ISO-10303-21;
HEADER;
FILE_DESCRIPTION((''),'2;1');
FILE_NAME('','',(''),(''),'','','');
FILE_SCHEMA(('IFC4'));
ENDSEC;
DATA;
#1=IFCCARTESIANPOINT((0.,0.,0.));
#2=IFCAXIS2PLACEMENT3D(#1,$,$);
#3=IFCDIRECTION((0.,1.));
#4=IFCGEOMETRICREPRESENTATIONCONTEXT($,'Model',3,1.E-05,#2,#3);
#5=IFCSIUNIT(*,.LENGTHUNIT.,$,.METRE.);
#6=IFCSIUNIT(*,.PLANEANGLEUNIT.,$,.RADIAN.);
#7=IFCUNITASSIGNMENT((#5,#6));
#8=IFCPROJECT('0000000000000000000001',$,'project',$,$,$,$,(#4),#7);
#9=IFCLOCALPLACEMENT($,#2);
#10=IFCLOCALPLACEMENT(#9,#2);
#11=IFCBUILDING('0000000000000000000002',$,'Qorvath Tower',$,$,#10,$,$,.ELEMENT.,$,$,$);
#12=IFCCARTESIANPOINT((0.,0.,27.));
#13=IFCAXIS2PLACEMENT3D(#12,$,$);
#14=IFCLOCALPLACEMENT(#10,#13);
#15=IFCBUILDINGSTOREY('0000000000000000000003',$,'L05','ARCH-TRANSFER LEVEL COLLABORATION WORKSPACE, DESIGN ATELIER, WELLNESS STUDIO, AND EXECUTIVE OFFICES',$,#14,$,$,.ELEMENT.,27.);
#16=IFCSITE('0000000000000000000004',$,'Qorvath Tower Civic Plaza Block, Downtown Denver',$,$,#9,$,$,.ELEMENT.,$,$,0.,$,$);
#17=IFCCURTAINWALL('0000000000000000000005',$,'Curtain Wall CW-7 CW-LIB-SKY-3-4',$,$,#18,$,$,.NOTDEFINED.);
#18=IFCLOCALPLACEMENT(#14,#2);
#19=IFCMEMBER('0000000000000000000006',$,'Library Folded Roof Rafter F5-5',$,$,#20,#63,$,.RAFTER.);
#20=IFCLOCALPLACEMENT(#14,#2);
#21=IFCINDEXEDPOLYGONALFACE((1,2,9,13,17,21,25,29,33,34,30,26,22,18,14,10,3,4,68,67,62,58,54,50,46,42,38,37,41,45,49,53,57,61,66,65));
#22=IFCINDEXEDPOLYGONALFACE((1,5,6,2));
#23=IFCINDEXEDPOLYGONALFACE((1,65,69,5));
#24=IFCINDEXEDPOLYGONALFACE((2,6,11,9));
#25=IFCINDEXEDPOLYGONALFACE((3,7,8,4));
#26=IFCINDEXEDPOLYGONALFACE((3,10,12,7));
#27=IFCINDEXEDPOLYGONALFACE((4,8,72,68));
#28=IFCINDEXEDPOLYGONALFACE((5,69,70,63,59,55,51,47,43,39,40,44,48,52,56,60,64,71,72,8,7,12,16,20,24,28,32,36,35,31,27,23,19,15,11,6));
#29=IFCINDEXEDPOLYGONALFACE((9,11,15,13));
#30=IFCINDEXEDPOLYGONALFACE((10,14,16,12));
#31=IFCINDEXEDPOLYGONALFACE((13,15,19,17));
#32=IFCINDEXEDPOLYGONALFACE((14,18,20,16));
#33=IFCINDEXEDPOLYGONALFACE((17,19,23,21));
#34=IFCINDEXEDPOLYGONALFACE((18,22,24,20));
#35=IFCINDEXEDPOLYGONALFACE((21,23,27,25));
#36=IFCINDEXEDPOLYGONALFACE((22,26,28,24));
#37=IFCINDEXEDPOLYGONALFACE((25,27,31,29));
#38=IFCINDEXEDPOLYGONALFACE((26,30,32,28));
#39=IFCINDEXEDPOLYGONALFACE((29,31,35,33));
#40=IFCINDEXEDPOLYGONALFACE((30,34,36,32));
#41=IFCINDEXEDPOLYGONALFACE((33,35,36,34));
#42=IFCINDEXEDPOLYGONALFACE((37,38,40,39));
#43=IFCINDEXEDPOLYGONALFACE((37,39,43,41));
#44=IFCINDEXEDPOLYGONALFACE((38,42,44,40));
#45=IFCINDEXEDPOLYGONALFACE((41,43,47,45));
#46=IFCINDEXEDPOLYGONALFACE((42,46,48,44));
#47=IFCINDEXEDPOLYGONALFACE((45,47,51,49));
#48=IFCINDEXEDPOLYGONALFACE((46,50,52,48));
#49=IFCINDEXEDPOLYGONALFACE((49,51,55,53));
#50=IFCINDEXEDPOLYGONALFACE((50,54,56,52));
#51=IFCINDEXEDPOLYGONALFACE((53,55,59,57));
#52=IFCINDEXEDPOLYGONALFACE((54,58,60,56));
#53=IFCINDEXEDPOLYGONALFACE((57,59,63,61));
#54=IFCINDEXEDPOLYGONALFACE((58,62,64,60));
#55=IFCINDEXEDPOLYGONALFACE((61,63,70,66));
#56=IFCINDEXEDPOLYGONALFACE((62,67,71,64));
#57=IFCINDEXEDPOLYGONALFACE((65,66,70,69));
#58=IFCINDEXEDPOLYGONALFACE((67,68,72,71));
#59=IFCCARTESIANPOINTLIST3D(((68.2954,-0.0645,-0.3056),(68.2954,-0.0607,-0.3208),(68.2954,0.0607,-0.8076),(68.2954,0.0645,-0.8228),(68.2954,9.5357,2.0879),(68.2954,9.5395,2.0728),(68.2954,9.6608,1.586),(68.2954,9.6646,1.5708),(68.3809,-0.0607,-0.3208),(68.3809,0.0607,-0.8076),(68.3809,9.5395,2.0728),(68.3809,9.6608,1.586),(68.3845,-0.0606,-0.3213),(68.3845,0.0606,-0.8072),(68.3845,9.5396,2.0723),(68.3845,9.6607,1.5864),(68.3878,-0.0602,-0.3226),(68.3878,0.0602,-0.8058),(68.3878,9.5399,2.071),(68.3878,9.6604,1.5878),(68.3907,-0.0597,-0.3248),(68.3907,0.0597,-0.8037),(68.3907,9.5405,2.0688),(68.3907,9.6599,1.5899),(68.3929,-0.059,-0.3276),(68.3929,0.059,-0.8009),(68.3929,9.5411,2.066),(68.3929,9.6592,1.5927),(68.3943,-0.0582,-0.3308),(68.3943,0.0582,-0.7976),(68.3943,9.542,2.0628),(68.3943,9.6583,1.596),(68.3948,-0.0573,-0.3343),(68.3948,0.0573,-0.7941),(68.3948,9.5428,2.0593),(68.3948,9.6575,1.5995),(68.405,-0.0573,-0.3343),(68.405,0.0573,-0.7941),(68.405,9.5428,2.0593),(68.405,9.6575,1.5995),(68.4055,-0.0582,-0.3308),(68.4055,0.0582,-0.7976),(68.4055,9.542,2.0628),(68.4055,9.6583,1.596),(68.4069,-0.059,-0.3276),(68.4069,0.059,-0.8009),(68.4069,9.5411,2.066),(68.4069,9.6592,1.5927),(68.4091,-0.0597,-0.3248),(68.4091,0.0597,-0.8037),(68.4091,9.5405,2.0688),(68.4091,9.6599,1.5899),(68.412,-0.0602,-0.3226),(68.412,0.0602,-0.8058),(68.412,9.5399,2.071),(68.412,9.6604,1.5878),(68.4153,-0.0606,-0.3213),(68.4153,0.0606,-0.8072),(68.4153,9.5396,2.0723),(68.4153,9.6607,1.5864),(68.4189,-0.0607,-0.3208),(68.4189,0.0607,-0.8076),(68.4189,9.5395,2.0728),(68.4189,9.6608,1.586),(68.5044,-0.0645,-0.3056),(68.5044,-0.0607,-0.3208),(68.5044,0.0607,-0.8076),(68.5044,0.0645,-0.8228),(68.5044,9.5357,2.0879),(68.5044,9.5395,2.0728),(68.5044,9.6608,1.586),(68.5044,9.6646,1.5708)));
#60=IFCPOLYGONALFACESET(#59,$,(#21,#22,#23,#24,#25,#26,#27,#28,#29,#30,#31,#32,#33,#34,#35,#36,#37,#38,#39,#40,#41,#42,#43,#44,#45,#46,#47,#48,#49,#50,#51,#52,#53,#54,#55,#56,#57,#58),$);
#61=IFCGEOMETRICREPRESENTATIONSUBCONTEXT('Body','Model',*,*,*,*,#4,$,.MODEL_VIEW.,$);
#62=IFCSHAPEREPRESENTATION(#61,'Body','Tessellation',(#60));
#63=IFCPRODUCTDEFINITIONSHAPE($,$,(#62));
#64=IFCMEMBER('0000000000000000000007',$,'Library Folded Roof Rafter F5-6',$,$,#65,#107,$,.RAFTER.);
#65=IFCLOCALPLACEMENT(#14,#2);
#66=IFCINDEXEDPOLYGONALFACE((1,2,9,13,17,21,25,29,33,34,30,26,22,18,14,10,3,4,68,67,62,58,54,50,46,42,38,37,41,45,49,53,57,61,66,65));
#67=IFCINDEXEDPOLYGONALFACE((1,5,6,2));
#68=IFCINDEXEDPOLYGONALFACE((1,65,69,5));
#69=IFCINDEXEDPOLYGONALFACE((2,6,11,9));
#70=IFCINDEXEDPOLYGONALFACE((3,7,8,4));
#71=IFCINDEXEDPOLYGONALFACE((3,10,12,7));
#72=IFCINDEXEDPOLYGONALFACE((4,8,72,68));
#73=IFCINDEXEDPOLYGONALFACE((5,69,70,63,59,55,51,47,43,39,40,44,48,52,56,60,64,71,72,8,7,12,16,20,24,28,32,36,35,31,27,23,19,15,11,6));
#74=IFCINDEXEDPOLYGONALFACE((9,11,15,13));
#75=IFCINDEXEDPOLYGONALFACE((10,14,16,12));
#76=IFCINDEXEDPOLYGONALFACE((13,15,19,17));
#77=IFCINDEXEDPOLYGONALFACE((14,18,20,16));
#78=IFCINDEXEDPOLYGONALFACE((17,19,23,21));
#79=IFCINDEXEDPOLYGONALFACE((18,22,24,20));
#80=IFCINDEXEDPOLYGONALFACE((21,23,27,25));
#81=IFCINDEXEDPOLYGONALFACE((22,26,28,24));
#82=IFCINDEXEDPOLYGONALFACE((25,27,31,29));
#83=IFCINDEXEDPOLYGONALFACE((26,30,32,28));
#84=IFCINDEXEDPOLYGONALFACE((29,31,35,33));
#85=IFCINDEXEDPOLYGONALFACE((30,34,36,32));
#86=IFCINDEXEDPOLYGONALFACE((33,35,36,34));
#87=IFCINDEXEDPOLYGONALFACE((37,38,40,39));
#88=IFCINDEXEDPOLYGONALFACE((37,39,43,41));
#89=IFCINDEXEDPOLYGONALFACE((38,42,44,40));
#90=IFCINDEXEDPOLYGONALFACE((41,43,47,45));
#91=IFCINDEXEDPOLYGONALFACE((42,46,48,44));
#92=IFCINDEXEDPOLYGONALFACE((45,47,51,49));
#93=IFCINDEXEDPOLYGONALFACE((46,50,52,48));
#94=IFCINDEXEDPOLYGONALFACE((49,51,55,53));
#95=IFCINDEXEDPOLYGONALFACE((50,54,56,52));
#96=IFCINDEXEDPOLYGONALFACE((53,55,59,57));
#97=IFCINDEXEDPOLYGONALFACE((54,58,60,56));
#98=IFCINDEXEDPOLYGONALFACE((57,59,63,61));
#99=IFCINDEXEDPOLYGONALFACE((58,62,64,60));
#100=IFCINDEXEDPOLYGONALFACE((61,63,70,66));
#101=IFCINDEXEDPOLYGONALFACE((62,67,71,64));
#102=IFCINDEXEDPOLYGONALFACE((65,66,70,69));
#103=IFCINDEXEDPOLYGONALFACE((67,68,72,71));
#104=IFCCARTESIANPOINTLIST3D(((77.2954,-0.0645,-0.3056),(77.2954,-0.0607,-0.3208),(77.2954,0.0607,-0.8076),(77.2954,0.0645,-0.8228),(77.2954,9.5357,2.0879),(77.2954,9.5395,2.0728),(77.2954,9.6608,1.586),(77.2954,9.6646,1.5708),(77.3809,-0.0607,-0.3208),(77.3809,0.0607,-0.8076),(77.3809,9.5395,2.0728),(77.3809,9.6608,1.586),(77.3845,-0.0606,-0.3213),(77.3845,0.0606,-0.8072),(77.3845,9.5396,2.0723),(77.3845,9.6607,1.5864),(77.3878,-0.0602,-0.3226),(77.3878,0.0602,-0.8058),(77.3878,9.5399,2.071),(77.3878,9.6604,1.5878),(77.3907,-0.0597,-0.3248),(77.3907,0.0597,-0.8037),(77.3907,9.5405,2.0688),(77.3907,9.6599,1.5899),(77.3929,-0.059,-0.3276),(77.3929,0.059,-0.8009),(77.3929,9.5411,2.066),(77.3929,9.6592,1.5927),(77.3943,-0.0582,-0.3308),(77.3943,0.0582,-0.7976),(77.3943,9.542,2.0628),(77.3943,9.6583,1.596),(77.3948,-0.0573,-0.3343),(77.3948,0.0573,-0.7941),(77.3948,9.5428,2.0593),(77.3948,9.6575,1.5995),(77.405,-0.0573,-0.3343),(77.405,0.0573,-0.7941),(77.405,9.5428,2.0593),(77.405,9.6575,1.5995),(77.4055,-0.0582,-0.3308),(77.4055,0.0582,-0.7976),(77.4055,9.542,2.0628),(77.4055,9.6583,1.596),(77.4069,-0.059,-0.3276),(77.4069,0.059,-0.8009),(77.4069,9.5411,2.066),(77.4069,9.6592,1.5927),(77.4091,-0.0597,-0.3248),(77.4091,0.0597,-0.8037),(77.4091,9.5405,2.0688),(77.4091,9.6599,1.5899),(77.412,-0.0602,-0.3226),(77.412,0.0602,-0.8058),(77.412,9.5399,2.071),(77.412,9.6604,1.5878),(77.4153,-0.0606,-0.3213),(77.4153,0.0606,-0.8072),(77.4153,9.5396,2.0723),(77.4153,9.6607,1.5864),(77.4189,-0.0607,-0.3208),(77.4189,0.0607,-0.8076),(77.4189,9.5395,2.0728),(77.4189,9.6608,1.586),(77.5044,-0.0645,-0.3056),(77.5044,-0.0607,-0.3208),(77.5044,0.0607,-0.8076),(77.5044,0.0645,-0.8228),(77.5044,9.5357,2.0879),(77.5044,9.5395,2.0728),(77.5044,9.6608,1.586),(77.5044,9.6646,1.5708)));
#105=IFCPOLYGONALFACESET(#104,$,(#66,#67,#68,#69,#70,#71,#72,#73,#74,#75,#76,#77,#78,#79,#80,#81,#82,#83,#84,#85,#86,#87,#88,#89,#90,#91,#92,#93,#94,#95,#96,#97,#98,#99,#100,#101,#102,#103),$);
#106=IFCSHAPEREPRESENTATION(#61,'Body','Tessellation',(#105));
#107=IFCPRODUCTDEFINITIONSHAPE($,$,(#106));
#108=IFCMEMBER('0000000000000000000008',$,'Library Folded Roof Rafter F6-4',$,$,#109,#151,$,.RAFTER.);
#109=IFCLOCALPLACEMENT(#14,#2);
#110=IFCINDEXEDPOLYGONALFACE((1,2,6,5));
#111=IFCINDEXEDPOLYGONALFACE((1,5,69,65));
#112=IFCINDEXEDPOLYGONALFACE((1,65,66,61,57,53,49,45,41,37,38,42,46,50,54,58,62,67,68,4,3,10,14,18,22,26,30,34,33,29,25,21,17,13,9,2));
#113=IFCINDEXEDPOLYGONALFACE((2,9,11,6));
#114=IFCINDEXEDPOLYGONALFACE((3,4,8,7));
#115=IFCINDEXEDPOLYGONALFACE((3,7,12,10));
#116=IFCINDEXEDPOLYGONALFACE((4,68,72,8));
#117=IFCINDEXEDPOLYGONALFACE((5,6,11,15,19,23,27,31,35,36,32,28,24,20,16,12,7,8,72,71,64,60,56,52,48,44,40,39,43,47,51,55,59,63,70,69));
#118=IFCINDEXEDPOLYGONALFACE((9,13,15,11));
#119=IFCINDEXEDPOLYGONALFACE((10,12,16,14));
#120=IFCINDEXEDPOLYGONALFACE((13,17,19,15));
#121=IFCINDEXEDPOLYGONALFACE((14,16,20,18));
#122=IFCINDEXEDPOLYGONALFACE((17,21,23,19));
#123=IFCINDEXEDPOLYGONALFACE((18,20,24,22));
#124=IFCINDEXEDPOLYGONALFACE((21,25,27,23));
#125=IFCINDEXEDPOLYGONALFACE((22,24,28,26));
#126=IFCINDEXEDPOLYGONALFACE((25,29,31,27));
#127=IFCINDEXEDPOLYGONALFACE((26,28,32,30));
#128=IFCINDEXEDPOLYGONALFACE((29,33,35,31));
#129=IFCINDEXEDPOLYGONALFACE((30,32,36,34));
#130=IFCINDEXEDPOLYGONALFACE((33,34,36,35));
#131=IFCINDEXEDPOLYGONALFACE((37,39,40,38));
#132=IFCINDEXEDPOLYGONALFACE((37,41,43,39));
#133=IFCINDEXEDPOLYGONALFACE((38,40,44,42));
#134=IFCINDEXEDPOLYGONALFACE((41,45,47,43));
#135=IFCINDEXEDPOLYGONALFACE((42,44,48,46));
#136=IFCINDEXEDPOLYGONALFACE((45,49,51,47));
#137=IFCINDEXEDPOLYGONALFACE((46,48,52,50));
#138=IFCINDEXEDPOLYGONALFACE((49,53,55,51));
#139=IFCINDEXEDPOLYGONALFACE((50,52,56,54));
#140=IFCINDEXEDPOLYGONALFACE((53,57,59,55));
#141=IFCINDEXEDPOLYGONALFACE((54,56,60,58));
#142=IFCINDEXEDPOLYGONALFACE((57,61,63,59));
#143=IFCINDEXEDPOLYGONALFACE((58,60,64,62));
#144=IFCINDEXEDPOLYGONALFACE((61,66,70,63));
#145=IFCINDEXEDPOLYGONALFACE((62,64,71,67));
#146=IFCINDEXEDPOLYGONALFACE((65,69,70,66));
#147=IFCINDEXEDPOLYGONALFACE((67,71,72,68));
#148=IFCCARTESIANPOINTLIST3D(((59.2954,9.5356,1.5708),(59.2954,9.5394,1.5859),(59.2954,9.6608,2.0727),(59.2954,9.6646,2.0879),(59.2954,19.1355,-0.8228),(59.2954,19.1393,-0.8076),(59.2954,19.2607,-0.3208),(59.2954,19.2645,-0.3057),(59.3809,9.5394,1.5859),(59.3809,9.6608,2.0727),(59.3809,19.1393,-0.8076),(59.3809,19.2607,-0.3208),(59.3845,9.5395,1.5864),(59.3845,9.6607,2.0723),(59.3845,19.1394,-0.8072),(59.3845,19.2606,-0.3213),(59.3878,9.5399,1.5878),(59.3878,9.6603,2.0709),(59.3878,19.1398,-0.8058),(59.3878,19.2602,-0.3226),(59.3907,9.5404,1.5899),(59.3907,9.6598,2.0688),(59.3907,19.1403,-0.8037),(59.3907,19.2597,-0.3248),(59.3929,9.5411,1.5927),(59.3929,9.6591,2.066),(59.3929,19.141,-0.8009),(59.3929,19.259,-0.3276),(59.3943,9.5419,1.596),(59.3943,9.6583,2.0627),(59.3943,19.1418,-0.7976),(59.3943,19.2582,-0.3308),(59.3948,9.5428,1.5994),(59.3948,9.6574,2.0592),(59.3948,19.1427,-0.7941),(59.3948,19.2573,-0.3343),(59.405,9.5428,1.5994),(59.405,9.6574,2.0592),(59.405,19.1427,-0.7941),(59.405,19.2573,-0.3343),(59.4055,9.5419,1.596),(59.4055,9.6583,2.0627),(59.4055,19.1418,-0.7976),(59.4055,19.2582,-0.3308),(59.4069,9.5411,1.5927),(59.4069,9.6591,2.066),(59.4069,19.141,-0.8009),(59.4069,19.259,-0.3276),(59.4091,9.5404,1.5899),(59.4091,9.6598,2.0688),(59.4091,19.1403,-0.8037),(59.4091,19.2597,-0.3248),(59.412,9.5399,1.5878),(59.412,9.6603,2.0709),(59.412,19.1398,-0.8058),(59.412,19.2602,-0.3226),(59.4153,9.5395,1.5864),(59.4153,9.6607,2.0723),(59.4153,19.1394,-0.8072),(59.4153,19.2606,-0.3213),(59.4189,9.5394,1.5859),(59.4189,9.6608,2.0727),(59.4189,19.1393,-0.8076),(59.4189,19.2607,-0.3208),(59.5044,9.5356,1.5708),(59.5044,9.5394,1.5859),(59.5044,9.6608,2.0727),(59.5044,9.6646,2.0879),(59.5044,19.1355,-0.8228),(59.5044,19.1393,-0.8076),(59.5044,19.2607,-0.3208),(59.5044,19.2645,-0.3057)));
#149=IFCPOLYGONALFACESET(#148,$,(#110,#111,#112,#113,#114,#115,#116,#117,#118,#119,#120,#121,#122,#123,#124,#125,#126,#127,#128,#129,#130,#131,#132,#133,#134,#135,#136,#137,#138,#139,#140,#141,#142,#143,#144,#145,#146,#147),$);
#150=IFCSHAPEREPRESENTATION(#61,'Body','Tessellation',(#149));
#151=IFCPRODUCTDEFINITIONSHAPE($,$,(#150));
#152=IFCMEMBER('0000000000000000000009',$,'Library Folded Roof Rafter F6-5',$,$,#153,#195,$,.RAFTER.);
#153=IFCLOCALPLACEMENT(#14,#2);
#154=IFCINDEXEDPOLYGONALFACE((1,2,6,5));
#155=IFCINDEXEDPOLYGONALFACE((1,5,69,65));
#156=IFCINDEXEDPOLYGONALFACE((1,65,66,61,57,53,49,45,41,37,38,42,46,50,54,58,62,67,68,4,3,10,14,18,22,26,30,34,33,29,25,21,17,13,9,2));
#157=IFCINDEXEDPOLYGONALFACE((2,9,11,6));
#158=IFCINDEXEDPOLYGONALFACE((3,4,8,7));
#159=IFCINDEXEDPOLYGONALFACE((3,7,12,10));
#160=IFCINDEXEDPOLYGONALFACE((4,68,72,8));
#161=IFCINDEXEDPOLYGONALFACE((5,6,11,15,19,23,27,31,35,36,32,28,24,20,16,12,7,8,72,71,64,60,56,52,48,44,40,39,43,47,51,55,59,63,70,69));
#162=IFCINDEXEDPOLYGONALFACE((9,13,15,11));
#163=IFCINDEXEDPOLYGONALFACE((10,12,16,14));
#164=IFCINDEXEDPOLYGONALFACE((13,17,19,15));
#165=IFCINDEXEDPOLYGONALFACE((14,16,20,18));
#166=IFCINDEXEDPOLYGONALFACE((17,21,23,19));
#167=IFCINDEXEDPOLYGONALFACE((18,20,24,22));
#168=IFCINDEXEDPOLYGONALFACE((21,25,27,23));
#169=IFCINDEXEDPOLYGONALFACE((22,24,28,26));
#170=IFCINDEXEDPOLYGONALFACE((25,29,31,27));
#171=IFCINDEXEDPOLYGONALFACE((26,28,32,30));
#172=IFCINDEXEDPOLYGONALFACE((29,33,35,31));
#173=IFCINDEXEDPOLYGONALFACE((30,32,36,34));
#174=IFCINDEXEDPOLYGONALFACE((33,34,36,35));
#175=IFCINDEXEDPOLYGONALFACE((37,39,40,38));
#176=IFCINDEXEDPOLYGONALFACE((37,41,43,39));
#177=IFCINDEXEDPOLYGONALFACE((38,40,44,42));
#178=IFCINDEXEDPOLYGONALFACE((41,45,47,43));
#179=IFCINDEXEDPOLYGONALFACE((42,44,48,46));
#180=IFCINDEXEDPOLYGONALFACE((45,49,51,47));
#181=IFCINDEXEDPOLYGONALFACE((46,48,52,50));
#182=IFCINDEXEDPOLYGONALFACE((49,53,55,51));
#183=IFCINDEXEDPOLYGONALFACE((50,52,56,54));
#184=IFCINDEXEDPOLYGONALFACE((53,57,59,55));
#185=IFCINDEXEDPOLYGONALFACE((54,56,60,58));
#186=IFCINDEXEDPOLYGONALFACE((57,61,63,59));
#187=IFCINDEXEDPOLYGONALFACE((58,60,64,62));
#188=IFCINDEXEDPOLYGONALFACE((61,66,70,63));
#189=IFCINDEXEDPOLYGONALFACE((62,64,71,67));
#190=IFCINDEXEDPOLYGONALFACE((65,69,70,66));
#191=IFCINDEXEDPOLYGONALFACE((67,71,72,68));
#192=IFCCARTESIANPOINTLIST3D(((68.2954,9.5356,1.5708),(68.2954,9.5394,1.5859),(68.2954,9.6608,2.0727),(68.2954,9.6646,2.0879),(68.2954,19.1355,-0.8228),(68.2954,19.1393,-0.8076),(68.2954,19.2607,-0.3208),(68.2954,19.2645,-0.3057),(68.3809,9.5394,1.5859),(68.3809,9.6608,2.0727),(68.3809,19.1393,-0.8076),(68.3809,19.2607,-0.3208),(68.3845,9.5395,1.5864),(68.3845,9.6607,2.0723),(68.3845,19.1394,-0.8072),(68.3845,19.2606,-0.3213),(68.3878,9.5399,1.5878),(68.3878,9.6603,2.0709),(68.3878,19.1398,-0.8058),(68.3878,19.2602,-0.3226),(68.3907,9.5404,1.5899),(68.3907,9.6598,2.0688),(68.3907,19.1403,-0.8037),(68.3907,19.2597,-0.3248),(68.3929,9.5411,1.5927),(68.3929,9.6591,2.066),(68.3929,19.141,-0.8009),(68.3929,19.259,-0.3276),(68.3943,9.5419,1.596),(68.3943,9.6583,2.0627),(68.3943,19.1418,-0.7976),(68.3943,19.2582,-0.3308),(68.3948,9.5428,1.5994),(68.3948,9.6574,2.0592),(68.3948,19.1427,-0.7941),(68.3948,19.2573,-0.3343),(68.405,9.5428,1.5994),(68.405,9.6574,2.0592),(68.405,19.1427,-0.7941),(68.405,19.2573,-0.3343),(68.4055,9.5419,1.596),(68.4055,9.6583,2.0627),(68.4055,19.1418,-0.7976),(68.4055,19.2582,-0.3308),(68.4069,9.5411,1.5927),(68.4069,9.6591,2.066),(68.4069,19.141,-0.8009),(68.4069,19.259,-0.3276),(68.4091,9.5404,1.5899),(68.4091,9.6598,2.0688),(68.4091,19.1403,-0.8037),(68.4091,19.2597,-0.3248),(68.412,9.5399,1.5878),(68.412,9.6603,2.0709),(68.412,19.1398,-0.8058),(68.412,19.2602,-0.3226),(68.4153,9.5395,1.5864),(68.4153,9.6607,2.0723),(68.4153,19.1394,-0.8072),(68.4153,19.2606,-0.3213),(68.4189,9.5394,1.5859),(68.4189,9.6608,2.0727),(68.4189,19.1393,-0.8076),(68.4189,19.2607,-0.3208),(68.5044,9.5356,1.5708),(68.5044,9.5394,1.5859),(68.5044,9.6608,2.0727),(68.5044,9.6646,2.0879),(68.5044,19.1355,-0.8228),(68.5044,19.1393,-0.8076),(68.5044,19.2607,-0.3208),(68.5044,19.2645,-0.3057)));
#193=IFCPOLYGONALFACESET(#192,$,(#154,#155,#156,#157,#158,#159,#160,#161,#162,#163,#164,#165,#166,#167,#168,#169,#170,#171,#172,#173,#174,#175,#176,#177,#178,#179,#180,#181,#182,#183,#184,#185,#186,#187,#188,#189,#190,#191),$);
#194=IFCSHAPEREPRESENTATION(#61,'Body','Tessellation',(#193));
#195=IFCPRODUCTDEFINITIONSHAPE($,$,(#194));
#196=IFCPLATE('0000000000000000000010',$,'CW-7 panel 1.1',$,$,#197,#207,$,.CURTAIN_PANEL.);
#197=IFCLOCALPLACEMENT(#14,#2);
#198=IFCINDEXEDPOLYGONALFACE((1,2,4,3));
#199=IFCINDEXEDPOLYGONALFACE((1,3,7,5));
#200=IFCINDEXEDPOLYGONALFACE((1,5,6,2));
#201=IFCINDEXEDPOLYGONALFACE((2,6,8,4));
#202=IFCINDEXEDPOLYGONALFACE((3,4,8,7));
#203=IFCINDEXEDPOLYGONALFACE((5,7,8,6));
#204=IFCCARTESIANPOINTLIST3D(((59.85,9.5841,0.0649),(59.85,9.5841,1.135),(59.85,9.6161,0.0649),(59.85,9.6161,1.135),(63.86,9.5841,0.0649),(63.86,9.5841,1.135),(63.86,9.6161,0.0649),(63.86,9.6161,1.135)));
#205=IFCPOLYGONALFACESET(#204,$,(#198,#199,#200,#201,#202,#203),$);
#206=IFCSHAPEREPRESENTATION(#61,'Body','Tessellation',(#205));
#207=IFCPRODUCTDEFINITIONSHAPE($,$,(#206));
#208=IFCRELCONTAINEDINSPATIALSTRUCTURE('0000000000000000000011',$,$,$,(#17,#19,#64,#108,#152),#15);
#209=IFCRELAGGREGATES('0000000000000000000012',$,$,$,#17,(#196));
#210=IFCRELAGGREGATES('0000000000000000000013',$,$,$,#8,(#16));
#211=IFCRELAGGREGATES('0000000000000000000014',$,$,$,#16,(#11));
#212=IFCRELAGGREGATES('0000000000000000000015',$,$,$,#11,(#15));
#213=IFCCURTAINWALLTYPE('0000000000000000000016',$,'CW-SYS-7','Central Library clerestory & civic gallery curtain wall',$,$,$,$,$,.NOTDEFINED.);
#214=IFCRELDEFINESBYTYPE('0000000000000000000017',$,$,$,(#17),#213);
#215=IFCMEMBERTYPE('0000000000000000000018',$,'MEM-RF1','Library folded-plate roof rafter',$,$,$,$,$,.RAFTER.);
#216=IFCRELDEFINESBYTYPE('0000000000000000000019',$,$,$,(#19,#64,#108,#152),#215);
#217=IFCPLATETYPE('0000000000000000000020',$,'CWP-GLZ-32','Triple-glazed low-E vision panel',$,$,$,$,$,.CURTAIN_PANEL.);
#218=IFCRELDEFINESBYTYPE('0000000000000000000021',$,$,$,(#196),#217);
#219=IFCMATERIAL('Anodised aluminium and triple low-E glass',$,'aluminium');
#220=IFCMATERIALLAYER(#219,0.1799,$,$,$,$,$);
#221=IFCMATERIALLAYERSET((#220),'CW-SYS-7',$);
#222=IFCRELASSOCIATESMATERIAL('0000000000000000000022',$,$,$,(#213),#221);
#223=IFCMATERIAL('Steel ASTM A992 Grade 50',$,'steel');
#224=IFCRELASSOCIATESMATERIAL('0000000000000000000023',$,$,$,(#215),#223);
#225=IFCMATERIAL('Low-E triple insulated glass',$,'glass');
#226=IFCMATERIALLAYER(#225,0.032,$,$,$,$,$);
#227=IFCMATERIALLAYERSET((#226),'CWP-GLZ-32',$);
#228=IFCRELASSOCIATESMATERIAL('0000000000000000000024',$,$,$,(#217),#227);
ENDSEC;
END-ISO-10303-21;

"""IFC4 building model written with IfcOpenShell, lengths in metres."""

from ifc_helpers import new_model, si_unit, direction, frame, origin, origin_2d, place, context, subcontext, project, spatial, rectangle, i_section, extrude, material, layer, layer_set, material_profile, profile_set, type_object, element, aggregate, save


model = new_model("IFC4")

# Units and contexts
model_context = context("Model", 3, precision=1e-05, world=origin(), true_north=direction((0.0, 1.0)))
body_context = subcontext(model_context, "Body", "Model", "MODEL_VIEW")
ifc_project = project(units=[si_unit("LENGTHUNIT", "METRE"), si_unit("PLANEANGLEUNIT", "RADIAN")], contexts=[model_context])

# Site, building, storey
site_placement = place(None, origin())
site = spatial("IfcSite", under=ifc_project, at=site_placement, Name="Qorvath Tower Civic Plaza Block, Downtown Denver", CompositionType="ELEMENT", RefElevation=0.0)
building_placement = place(site_placement, origin())
building = spatial("IfcBuilding", under=site, at=building_placement, Name="Qorvath Tower", CompositionType="ELEMENT")
storey_placement = place(building_placement, frame((0.0, 0.0, 27.0)))
storey = spatial("IfcBuildingStorey", under=building, at=storey_placement, Name="L05", Description="ARCH-TRANSFER LEVEL COLLABORATION WORKSPACE, DESIGN ATELIER, WELLNESS STUDIO, AND EXECUTIVE OFFICES", CompositionType="ELEMENT", Elevation=27.0)

# Shared definitions
ifc_material_1 = material(Name="Anodised aluminium and triple low-E glass", Category="aluminium")
ifc_layer_1 = layer(ifc_material_1, 0.1799)
ifc_layer_set_1 = layer_set([ifc_layer_1], Name="CW-SYS-7")
curtain_wall_type = type_object("IfcCurtainWallType", Name="CW-SYS-7", Description="Central Library clerestory & civic gallery curtain wall", PredefinedType="NOTDEFINED", material=ifc_layer_set_1)

# Curtain wall
curtain_wall_1_placement = place(storey_placement, origin())
curtain_wall_1 = element("IfcCurtainWall", 1, at=curtain_wall_1_placement, inside=storey, type_object=curtain_wall_type, Name="Curtain Wall CW-7 CW-LIB-SKY-3-4", PredefinedType="NOTDEFINED")

# Members
ifc_material_2 = material(Name="Steel ASTM A992 Grade 50", Category="steel")
ifc_material_profile_1 = material_profile(ifc_material_2, i_section(OverallWidth=0.209, OverallDepth=0.533, WebThickness=0.0103, FlangeThickness=0.0156, FilletRadius=0.0139, at=origin_2d()), Name="W21x62")
ifc_profile_set_1 = profile_set([ifc_material_profile_1], Name="Steel ASTM A992 Grade 50")
member_type_1 = type_object("IfcMemberType", Name="MEM-RF1", Description="Library folded-plate roof rafter", PredefinedType="RAFTER", material=ifc_profile_set_1)
for number, where, z_axis, x_axis, name in (
    (2, (68.3999, 0.0, -0.5642), (0.0, 0.970296, 0.24192), (-1.0, 0.0, 0.0), "Library Folded Roof Rafter F5-5"),
    (3, (77.3999, 0.0, -0.5642), (0.0, 0.970296, 0.24192), (-1.0, 0.0, 0.0), "Library Folded Roof Rafter F5-6"),
):
    element("IfcMember", number, at=place(storey_placement, frame(where, z_axis=z_axis, x_axis=x_axis)), inside=storey, type_object=member_type_1, Name=name, PredefinedType="RAFTER", context=body_context, shape_type="SweptSolid", body=[
        extrude(i_section(OverallWidth=0.209, OverallDepth=0.533, WebThickness=0.0103, FlangeThickness=0.0156, FilletRadius=0.0139, at=origin_2d()), origin(), (0.0, 0.0, 1.0), 9.894),
    ])
for number, where, z_axis, x_axis, name in (
    (4, (59.3999, 9.6001, 1.8293), (0.0, 0.970295, -0.241926), (-1.0, 0.0, 0.0), "Library Folded Roof Rafter F6-4"),
    (5, (68.3999, 9.6001, 1.8293), (0.0, 0.970295, -0.241926), (-1.0, 0.0, 0.0), "Library Folded Roof Rafter F6-5"),
):
    element("IfcMember", number, at=place(storey_placement, frame(where, z_axis=z_axis, x_axis=x_axis)), inside=storey, type_object=member_type_1, Name=name, PredefinedType="RAFTER", context=body_context, shape_type="SweptSolid", body=[
        extrude(i_section(OverallWidth=0.209, OverallDepth=0.533, WebThickness=0.0103, FlangeThickness=0.0156, FilletRadius=0.0139, at=origin_2d()), origin(), (0.0, 0.0, 1.0), 9.8938),
    ])

# Plate
ifc_material_3 = material(Name="Low-E triple insulated glass", Category="glass")
ifc_layer_2 = layer(ifc_material_3, 0.032)
ifc_layer_set_2 = layer_set([ifc_layer_2], Name="CWP-GLZ-32")
plate_type = type_object("IfcPlateType", Name="CWP-GLZ-32", Description="Triple-glazed low-E vision panel", PredefinedType="CURTAIN_PANEL", material=ifc_layer_set_2)
plate_1_placement = place(storey_placement, frame((61.855, 9.6001, 0.0649), z_axis=(0.0, 0.0, 1.0), x_axis=(1.0, 0.0, 0.0)))
plate_1 = element("IfcPlate", 6, at=plate_1_placement, type_object=plate_type, Name="CW-7 panel 1.1", PredefinedType="CURTAIN_PANEL", context=body_context, shape_type="SweptSolid", body=[
    extrude(rectangle(XDim=4.01, YDim=0.032, at=origin_2d()), origin(), (0.0, 0.0, 1.0), 1.0701),
])
aggregate(curtain_wall_1, [plate_1])

save(model, "model.ifc")
